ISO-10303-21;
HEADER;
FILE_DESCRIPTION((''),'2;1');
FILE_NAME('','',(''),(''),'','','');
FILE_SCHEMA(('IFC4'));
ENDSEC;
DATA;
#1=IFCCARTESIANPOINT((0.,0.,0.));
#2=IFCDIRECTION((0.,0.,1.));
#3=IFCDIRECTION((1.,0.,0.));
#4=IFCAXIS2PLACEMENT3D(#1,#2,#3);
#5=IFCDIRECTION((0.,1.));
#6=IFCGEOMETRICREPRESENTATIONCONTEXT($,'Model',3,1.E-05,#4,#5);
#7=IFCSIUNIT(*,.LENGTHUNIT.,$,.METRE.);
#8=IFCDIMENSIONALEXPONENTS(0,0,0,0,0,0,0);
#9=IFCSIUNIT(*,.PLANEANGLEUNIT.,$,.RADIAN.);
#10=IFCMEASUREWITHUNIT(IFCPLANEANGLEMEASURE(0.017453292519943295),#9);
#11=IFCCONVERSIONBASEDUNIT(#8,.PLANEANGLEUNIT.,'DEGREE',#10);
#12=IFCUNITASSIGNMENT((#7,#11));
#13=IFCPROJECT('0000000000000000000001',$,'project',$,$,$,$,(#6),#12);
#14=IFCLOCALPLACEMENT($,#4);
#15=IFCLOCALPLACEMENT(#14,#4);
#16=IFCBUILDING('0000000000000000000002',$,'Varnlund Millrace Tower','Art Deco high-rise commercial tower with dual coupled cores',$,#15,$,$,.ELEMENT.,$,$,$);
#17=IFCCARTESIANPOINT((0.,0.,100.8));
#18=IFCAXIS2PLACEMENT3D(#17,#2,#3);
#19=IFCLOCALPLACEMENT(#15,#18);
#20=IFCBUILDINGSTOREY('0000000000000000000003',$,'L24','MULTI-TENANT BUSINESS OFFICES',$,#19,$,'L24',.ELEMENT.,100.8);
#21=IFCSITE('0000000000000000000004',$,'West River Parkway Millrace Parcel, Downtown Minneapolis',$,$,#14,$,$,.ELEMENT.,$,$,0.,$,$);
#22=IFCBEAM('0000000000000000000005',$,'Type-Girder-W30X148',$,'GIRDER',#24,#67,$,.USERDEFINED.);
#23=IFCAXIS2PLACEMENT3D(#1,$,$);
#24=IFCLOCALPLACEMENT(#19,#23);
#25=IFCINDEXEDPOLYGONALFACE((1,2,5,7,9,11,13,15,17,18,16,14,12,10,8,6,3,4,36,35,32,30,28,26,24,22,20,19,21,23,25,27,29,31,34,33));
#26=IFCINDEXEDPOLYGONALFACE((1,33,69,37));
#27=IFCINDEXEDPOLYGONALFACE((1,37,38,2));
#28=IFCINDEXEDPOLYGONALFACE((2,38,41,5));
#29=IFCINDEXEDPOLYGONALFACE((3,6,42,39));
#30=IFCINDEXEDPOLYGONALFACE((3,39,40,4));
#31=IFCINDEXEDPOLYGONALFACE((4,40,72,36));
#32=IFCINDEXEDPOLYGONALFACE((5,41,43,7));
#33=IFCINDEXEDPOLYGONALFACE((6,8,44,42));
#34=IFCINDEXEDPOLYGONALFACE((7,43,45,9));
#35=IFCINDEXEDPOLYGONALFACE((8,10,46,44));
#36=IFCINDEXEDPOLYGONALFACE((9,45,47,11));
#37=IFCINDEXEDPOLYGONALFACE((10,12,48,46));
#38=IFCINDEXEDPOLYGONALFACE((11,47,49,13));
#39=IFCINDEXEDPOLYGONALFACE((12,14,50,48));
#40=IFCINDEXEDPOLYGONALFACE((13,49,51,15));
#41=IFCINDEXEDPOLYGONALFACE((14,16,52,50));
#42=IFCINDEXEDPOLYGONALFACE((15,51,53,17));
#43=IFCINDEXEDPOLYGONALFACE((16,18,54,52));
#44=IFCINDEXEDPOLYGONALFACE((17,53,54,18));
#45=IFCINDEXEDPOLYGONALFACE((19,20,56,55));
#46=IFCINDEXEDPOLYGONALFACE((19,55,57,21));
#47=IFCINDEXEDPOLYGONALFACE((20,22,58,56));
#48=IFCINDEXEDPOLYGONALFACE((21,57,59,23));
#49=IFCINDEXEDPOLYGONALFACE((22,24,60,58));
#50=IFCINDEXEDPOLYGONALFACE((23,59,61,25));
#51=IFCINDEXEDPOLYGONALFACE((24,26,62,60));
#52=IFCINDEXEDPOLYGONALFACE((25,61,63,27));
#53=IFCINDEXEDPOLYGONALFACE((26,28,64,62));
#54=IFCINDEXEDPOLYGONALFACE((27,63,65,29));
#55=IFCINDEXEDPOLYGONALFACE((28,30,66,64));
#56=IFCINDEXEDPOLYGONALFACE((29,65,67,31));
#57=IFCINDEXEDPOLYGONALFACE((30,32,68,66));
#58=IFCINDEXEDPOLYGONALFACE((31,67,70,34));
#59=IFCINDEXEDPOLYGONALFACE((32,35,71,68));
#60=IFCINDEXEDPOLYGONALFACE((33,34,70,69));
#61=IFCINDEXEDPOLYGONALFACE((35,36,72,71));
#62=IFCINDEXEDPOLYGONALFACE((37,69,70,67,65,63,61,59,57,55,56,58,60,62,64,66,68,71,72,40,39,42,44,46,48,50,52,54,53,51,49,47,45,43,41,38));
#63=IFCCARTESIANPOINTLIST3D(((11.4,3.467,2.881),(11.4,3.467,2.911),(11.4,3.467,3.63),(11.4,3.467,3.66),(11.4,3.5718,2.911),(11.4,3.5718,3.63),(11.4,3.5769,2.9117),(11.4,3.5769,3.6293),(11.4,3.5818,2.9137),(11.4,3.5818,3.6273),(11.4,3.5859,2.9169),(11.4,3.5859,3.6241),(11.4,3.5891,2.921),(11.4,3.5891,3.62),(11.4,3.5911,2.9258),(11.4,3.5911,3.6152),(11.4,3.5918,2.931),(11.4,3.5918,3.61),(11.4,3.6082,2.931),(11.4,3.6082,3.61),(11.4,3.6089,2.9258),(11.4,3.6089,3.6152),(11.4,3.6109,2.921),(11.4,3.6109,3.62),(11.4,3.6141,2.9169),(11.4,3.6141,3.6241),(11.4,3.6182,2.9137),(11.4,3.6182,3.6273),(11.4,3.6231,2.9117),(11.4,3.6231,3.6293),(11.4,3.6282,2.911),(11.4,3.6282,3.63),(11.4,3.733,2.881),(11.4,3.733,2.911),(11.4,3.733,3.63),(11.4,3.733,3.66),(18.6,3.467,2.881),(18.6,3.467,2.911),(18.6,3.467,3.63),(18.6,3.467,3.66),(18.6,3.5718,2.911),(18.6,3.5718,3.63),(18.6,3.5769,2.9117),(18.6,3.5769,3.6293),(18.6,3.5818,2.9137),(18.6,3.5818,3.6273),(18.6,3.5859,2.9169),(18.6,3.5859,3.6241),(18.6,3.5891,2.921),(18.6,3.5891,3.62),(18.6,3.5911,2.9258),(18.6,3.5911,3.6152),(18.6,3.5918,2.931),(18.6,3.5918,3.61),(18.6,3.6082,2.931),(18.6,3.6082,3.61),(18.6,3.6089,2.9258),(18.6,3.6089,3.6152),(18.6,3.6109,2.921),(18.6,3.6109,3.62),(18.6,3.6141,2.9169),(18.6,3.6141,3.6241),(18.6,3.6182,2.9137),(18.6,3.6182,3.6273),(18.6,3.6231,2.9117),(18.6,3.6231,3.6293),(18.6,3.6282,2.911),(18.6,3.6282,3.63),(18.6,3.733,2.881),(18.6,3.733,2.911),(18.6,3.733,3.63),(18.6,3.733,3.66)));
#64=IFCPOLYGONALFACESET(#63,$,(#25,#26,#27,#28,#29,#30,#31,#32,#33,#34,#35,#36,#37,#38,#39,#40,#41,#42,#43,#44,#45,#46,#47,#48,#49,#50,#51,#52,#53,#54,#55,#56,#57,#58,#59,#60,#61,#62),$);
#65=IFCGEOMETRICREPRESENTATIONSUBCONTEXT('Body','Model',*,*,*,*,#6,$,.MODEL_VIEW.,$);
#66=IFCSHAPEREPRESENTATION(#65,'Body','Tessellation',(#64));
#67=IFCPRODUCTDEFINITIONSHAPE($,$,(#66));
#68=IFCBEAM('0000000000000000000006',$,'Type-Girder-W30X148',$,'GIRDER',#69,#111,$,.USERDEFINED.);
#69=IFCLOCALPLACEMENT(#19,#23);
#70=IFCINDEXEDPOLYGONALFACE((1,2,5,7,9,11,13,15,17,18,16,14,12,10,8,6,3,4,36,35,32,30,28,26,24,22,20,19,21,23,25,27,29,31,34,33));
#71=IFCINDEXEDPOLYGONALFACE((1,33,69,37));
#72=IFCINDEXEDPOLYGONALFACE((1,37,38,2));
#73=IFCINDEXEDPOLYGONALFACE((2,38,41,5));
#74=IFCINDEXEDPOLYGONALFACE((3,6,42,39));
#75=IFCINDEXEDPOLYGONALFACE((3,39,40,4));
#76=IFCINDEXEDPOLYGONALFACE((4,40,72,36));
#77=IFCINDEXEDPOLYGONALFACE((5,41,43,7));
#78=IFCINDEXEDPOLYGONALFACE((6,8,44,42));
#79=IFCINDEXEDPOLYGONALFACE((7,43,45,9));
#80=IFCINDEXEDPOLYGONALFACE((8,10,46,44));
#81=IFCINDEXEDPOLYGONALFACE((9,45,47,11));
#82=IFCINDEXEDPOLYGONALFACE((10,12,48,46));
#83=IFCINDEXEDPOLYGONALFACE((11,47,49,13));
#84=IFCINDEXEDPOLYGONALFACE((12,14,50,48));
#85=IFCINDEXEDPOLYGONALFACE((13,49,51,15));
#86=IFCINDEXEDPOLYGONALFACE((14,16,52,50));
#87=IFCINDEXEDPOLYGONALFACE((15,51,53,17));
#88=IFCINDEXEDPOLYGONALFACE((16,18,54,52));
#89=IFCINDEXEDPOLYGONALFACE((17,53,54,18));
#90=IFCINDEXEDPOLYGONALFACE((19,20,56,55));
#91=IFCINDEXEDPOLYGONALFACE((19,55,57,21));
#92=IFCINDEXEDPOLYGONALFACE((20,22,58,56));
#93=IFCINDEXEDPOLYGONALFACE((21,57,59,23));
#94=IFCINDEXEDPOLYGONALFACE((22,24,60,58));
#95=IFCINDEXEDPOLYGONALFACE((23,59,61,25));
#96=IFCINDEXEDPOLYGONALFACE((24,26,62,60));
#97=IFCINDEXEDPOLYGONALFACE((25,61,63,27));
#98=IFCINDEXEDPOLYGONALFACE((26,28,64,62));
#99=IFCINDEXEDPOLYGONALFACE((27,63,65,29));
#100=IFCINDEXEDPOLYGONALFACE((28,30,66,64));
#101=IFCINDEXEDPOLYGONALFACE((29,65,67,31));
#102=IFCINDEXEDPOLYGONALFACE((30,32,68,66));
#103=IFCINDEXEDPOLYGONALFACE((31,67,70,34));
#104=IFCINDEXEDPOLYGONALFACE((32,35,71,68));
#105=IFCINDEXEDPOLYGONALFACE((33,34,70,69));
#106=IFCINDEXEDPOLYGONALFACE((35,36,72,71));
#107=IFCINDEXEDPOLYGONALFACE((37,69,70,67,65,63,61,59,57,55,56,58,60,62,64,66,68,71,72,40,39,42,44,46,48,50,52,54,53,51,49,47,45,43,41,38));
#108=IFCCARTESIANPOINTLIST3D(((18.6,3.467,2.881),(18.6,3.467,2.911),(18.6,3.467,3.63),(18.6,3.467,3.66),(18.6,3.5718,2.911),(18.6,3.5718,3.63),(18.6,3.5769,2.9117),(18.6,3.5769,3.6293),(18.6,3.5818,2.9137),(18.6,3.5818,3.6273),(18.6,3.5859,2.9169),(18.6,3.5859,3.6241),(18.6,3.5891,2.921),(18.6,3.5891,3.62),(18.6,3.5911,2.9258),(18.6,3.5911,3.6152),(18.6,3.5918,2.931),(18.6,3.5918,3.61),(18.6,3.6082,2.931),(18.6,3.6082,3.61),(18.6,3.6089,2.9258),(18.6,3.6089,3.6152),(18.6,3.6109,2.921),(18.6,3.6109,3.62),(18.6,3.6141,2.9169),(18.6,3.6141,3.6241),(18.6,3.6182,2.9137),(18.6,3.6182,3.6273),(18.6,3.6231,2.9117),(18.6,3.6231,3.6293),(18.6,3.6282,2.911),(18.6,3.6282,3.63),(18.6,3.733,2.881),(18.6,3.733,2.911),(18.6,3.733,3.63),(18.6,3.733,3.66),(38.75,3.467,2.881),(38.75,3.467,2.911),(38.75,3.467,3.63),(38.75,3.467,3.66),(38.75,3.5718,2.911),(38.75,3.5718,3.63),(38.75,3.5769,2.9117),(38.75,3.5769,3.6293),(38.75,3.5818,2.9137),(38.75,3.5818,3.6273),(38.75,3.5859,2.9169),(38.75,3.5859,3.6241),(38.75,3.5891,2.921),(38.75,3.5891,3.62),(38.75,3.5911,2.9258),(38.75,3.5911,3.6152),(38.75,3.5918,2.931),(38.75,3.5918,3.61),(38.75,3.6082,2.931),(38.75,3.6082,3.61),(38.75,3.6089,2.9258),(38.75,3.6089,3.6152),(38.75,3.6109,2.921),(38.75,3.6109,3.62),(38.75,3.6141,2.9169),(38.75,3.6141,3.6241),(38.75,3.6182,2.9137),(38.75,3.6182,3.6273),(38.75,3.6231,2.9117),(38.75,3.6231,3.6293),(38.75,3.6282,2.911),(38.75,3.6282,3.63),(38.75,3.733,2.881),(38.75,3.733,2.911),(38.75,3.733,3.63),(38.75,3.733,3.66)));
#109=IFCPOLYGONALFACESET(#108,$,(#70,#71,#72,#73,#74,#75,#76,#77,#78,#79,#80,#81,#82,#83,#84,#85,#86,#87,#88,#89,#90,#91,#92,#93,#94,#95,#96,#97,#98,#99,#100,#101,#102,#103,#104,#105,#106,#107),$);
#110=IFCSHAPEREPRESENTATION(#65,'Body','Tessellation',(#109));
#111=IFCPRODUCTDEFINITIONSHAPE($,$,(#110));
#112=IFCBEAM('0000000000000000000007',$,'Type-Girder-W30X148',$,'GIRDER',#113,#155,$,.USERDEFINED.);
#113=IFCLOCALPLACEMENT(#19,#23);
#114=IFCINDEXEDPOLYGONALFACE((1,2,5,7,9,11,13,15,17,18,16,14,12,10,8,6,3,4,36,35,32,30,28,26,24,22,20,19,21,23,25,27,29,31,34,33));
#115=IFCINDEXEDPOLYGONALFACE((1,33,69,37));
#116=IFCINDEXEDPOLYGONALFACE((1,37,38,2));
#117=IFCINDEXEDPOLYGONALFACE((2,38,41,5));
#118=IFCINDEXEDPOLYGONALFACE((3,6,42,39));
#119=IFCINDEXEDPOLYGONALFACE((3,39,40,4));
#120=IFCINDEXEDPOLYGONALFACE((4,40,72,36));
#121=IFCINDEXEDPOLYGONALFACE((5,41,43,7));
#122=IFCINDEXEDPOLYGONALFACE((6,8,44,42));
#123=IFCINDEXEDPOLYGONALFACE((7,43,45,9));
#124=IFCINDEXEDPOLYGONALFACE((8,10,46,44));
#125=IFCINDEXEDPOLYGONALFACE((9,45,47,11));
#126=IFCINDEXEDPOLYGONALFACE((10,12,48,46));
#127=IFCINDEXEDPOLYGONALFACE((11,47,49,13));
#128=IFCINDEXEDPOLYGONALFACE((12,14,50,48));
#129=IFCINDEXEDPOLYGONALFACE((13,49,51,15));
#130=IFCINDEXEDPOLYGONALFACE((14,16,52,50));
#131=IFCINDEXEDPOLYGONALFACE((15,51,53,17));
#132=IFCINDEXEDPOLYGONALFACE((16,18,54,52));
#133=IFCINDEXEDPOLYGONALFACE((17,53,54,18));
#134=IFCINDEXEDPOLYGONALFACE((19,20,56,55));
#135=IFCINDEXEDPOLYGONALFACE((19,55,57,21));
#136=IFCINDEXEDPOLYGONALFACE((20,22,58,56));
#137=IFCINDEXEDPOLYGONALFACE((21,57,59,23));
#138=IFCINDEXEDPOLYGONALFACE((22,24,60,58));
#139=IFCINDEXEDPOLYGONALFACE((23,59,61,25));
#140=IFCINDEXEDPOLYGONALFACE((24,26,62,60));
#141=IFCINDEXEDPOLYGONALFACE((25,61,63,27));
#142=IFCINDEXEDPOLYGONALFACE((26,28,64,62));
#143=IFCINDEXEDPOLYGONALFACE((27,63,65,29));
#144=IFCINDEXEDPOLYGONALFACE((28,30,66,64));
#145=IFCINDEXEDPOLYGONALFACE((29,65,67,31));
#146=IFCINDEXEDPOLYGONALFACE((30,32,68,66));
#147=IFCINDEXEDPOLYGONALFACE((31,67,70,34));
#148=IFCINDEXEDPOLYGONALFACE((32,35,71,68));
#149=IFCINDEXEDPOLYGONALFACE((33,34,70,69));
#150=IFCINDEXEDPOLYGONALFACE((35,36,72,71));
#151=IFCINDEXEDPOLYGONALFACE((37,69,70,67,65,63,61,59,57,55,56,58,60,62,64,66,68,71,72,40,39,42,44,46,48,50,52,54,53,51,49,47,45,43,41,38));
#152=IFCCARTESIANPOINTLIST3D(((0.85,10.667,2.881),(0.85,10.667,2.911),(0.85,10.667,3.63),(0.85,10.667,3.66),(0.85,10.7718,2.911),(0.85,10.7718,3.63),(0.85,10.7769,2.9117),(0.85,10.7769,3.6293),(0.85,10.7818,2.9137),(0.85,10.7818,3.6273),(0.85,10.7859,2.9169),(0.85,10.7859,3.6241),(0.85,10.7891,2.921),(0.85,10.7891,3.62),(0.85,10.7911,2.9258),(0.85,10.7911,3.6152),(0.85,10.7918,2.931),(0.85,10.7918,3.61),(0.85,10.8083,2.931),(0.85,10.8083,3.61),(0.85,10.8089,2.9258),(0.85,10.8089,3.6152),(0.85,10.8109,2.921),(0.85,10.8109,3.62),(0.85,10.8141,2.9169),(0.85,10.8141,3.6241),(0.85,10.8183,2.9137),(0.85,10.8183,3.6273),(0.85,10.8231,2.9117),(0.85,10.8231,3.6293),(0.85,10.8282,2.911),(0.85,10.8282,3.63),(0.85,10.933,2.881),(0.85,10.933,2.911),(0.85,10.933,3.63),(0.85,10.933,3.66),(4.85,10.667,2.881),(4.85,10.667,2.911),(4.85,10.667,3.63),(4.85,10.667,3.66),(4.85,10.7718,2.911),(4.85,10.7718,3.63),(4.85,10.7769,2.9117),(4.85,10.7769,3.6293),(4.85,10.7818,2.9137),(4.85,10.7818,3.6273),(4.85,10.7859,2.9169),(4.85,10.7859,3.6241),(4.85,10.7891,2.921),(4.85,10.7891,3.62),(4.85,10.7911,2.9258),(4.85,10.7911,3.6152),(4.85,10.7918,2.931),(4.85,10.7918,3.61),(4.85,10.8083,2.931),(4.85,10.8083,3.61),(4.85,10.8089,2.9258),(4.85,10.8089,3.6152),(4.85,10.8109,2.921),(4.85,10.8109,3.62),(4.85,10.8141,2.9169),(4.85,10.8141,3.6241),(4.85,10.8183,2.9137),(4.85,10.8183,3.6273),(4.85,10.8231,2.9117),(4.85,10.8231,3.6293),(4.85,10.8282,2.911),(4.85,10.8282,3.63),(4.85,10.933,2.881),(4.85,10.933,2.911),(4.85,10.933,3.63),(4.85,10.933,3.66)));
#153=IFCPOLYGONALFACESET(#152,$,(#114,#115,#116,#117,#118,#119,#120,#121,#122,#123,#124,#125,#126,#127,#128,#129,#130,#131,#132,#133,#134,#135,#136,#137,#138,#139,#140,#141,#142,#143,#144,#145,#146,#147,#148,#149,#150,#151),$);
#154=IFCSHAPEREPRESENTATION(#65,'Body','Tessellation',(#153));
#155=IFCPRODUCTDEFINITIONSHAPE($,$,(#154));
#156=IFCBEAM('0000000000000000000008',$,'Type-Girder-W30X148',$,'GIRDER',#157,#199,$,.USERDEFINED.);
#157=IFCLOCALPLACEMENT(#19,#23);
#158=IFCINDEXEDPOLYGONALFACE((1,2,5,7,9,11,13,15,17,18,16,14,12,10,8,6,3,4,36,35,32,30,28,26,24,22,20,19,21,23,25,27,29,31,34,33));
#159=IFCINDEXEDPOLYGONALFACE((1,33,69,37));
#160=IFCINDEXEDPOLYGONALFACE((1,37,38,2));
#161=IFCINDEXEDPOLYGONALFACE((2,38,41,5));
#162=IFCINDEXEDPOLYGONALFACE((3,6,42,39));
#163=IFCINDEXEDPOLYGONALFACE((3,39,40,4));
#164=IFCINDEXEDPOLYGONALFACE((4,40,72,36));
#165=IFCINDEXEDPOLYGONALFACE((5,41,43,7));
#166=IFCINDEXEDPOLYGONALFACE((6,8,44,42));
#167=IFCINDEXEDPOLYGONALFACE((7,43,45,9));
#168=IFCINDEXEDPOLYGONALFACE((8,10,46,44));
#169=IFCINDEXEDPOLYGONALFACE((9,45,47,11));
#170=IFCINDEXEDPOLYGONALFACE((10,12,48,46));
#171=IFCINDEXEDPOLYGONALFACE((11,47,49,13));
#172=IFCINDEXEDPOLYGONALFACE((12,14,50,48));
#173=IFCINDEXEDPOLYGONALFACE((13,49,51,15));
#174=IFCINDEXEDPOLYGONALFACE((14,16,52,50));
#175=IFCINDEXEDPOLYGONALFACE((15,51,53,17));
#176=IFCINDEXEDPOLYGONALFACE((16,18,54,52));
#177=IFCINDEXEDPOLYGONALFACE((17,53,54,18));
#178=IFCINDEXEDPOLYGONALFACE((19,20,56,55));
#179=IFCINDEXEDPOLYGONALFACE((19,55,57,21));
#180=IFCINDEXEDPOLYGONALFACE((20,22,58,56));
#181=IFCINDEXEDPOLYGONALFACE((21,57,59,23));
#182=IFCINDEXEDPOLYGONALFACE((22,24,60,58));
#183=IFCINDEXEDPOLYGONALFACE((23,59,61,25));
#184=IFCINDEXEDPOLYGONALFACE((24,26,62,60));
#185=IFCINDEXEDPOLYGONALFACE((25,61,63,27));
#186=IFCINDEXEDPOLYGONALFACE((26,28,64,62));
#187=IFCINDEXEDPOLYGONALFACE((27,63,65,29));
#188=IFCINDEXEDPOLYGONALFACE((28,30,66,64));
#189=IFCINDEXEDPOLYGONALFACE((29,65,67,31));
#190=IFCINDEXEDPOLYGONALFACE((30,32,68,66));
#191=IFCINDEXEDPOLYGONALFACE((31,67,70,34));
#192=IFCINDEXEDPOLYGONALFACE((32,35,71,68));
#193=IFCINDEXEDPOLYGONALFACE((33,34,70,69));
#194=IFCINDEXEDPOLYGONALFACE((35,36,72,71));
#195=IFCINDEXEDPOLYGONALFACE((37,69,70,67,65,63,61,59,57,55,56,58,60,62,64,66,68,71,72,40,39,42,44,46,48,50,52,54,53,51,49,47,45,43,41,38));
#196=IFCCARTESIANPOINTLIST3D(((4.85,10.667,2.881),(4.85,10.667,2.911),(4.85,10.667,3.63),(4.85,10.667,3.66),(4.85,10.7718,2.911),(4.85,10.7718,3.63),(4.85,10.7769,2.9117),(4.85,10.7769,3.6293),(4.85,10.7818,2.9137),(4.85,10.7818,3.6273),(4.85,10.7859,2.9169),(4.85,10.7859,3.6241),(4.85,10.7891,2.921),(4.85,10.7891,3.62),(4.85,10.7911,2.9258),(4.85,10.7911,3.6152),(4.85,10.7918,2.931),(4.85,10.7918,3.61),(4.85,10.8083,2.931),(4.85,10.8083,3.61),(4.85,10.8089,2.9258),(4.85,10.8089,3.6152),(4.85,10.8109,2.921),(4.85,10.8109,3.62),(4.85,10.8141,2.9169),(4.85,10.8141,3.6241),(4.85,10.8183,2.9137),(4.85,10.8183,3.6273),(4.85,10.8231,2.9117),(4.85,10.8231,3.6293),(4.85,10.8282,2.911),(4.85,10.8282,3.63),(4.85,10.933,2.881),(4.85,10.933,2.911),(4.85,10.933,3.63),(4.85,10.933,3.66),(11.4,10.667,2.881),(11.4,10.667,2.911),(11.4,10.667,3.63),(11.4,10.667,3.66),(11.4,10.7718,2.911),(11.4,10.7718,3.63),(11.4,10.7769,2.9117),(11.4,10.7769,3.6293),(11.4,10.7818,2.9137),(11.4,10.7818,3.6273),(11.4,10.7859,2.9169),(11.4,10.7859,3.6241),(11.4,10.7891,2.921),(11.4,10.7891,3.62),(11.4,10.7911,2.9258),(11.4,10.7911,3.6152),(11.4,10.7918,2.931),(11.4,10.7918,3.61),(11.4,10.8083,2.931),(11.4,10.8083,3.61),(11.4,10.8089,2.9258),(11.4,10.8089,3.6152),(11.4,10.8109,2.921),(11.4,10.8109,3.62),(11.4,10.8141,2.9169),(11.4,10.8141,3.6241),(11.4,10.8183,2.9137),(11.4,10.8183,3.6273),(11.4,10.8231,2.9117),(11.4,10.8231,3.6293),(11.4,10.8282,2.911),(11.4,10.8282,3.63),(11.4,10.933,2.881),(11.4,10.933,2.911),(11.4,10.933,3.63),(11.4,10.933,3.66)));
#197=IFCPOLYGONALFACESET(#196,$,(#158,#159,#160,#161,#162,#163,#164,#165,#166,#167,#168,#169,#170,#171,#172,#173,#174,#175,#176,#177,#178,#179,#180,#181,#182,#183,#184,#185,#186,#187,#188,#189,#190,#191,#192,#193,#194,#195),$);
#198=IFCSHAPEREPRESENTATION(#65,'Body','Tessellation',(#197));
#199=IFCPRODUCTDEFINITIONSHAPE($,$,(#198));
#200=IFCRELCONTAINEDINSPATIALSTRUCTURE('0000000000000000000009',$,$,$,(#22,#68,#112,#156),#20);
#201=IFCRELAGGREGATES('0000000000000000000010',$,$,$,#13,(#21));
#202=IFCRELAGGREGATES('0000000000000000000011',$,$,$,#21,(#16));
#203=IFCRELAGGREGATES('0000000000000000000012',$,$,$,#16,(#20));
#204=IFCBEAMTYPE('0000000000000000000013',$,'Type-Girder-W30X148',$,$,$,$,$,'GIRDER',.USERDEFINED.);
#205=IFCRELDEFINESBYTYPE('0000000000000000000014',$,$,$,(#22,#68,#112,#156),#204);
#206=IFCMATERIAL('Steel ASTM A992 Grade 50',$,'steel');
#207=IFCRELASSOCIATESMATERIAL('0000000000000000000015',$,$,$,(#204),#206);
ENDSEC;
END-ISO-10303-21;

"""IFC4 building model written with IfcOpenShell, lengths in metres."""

from ifc_helpers import new_model, entity, si_unit, converted_unit, direction, frame, origin_with_axes, origin_2d_with_axis, place, context, subcontext, project, spatial, i_section, extrude, material, material_profile, profile_set, type_object, element, save


model = new_model("IFC4")

# Units and contexts
model_context = context("Model", 3, precision=1e-05, world=origin_with_axes(), true_north=direction((0.0, 1.0)))
body_context = subcontext(model_context, "Body", "Model", "MODEL_VIEW")
ifc_project = project(units=[si_unit("LENGTHUNIT", "METRE"), converted_unit("PLANEANGLEUNIT", "DEGREE", entity("IfcPlaneAngleMeasure", 0.017453292519943295), si_unit("PLANEANGLEUNIT", "RADIAN"), dimensions=[0, 0, 0, 0, 0, 0, 0])], contexts=[model_context])

# Site, building, storey
site_placement = place(None, origin_with_axes())
site = spatial("IfcSite", under=ifc_project, at=site_placement, Name="West River Parkway Millrace Parcel, Downtown Minneapolis", CompositionType="ELEMENT", RefElevation=0.0)
building_placement = place(site_placement, origin_with_axes())
building = spatial("IfcBuilding", under=site, at=building_placement, Name="Varnlund Millrace Tower", Description="Art Deco high-rise commercial tower with dual coupled cores", CompositionType="ELEMENT")
storey_placement = place(building_placement, frame((0.0, 0.0, 100.8), z_axis=(0.0, 0.0, 1.0), x_axis=(1.0, 0.0, 0.0)))
storey = spatial("IfcBuildingStorey", under=building, at=storey_placement, Name="L24", Description="MULTI-TENANT BUSINESS OFFICES", LongName="L24", CompositionType="ELEMENT", Elevation=100.8)

# Beams
ifc_material_1 = material(Name="Steel ASTM A992 Grade 50", Category="steel")
ifc_material_profile_1 = material_profile(ifc_material_1, i_section(OverallWidth=0.266, OverallDepth=0.779, WebThickness=0.0165, FlangeThickness=0.03, FilletRadius=0.02, at=origin_2d_with_axis()), Name="Steel ASTM A992 Grade 50")
ifc_profile_set_1 = profile_set([ifc_material_profile_1], Name="Steel ASTM A992 Grade 50")
beam_type_1 = type_object("IfcBeamType", Name="Type-Girder-W30X148", ElementType="GIRDER", PredefinedType="USERDEFINED", material=ifc_profile_set_1)
beam_1_placement = place(storey_placement, frame((11.4, 3.6, 3.2705), z_axis=(1.0, 0.0, 0.0), x_axis=(0.0, 1.0, 0.0)))
element("IfcBeam", 1, at=beam_1_placement, inside=storey, type_object=beam_type_1, Name="Type-Girder-W30X148", ObjectType="GIRDER", PredefinedType="USERDEFINED", context=body_context, shape_type="SweptSolid", body=[
    extrude(i_section(OverallWidth=0.266, OverallDepth=0.779, WebThickness=0.0165, FlangeThickness=0.03, FilletRadius=0.02, at=origin_2d_with_axis()), origin_with_axes(), (0.0, 0.0, 1.0), 7.2),
])
beam_2_placement = place(storey_placement, frame((18.6, 3.6, 3.2705), z_axis=(1.0, 0.0, 0.0), x_axis=(0.0, 1.0, 0.0)))
element("IfcBeam", 2, at=beam_2_placement, inside=storey, type_object=beam_type_1, Name="Type-Girder-W30X148", ObjectType="GIRDER", PredefinedType="USERDEFINED", context=body_context, shape_type="SweptSolid", body=[
    extrude(i_section(OverallWidth=0.266, OverallDepth=0.779, WebThickness=0.0165, FlangeThickness=0.03, FilletRadius=0.02, at=origin_2d_with_axis()), origin_with_axes(), (0.0, 0.0, 1.0), 20.15),
])
beam_3_placement = place(storey_placement, frame((0.85, 10.8, 3.2705), z_axis=(1.0, 0.0, 0.0), x_axis=(0.0, 1.0, 0.0)))
element("IfcBeam", 3, at=beam_3_placement, inside=storey, type_object=beam_type_1, Name="Type-Girder-W30X148", ObjectType="GIRDER", PredefinedType="USERDEFINED", context=body_context, shape_type="SweptSolid", body=[
    extrude(i_section(OverallWidth=0.266, OverallDepth=0.779, WebThickness=0.0165, FlangeThickness=0.03, FilletRadius=0.02, at=origin_2d_with_axis()), origin_with_axes(), (0.0, 0.0, 1.0), 4.0),
])
beam_4_placement = place(storey_placement, frame((4.85, 10.8, 3.2705), z_axis=(1.0, 0.0, 0.0), x_axis=(0.0, 1.0, 0.0)))
element("IfcBeam", 4, at=beam_4_placement, inside=storey, type_object=beam_type_1, Name="Type-Girder-W30X148", ObjectType="GIRDER", PredefinedType="USERDEFINED", context=body_context, shape_type="SweptSolid", body=[
    extrude(i_section(OverallWidth=0.266, OverallDepth=0.779, WebThickness=0.0165, FlangeThickness=0.03, FilletRadius=0.02, at=origin_2d_with_axis()), origin_with_axes(), (0.0, 0.0, 1.0), 6.55),
])

save(model, "model.ifc")
